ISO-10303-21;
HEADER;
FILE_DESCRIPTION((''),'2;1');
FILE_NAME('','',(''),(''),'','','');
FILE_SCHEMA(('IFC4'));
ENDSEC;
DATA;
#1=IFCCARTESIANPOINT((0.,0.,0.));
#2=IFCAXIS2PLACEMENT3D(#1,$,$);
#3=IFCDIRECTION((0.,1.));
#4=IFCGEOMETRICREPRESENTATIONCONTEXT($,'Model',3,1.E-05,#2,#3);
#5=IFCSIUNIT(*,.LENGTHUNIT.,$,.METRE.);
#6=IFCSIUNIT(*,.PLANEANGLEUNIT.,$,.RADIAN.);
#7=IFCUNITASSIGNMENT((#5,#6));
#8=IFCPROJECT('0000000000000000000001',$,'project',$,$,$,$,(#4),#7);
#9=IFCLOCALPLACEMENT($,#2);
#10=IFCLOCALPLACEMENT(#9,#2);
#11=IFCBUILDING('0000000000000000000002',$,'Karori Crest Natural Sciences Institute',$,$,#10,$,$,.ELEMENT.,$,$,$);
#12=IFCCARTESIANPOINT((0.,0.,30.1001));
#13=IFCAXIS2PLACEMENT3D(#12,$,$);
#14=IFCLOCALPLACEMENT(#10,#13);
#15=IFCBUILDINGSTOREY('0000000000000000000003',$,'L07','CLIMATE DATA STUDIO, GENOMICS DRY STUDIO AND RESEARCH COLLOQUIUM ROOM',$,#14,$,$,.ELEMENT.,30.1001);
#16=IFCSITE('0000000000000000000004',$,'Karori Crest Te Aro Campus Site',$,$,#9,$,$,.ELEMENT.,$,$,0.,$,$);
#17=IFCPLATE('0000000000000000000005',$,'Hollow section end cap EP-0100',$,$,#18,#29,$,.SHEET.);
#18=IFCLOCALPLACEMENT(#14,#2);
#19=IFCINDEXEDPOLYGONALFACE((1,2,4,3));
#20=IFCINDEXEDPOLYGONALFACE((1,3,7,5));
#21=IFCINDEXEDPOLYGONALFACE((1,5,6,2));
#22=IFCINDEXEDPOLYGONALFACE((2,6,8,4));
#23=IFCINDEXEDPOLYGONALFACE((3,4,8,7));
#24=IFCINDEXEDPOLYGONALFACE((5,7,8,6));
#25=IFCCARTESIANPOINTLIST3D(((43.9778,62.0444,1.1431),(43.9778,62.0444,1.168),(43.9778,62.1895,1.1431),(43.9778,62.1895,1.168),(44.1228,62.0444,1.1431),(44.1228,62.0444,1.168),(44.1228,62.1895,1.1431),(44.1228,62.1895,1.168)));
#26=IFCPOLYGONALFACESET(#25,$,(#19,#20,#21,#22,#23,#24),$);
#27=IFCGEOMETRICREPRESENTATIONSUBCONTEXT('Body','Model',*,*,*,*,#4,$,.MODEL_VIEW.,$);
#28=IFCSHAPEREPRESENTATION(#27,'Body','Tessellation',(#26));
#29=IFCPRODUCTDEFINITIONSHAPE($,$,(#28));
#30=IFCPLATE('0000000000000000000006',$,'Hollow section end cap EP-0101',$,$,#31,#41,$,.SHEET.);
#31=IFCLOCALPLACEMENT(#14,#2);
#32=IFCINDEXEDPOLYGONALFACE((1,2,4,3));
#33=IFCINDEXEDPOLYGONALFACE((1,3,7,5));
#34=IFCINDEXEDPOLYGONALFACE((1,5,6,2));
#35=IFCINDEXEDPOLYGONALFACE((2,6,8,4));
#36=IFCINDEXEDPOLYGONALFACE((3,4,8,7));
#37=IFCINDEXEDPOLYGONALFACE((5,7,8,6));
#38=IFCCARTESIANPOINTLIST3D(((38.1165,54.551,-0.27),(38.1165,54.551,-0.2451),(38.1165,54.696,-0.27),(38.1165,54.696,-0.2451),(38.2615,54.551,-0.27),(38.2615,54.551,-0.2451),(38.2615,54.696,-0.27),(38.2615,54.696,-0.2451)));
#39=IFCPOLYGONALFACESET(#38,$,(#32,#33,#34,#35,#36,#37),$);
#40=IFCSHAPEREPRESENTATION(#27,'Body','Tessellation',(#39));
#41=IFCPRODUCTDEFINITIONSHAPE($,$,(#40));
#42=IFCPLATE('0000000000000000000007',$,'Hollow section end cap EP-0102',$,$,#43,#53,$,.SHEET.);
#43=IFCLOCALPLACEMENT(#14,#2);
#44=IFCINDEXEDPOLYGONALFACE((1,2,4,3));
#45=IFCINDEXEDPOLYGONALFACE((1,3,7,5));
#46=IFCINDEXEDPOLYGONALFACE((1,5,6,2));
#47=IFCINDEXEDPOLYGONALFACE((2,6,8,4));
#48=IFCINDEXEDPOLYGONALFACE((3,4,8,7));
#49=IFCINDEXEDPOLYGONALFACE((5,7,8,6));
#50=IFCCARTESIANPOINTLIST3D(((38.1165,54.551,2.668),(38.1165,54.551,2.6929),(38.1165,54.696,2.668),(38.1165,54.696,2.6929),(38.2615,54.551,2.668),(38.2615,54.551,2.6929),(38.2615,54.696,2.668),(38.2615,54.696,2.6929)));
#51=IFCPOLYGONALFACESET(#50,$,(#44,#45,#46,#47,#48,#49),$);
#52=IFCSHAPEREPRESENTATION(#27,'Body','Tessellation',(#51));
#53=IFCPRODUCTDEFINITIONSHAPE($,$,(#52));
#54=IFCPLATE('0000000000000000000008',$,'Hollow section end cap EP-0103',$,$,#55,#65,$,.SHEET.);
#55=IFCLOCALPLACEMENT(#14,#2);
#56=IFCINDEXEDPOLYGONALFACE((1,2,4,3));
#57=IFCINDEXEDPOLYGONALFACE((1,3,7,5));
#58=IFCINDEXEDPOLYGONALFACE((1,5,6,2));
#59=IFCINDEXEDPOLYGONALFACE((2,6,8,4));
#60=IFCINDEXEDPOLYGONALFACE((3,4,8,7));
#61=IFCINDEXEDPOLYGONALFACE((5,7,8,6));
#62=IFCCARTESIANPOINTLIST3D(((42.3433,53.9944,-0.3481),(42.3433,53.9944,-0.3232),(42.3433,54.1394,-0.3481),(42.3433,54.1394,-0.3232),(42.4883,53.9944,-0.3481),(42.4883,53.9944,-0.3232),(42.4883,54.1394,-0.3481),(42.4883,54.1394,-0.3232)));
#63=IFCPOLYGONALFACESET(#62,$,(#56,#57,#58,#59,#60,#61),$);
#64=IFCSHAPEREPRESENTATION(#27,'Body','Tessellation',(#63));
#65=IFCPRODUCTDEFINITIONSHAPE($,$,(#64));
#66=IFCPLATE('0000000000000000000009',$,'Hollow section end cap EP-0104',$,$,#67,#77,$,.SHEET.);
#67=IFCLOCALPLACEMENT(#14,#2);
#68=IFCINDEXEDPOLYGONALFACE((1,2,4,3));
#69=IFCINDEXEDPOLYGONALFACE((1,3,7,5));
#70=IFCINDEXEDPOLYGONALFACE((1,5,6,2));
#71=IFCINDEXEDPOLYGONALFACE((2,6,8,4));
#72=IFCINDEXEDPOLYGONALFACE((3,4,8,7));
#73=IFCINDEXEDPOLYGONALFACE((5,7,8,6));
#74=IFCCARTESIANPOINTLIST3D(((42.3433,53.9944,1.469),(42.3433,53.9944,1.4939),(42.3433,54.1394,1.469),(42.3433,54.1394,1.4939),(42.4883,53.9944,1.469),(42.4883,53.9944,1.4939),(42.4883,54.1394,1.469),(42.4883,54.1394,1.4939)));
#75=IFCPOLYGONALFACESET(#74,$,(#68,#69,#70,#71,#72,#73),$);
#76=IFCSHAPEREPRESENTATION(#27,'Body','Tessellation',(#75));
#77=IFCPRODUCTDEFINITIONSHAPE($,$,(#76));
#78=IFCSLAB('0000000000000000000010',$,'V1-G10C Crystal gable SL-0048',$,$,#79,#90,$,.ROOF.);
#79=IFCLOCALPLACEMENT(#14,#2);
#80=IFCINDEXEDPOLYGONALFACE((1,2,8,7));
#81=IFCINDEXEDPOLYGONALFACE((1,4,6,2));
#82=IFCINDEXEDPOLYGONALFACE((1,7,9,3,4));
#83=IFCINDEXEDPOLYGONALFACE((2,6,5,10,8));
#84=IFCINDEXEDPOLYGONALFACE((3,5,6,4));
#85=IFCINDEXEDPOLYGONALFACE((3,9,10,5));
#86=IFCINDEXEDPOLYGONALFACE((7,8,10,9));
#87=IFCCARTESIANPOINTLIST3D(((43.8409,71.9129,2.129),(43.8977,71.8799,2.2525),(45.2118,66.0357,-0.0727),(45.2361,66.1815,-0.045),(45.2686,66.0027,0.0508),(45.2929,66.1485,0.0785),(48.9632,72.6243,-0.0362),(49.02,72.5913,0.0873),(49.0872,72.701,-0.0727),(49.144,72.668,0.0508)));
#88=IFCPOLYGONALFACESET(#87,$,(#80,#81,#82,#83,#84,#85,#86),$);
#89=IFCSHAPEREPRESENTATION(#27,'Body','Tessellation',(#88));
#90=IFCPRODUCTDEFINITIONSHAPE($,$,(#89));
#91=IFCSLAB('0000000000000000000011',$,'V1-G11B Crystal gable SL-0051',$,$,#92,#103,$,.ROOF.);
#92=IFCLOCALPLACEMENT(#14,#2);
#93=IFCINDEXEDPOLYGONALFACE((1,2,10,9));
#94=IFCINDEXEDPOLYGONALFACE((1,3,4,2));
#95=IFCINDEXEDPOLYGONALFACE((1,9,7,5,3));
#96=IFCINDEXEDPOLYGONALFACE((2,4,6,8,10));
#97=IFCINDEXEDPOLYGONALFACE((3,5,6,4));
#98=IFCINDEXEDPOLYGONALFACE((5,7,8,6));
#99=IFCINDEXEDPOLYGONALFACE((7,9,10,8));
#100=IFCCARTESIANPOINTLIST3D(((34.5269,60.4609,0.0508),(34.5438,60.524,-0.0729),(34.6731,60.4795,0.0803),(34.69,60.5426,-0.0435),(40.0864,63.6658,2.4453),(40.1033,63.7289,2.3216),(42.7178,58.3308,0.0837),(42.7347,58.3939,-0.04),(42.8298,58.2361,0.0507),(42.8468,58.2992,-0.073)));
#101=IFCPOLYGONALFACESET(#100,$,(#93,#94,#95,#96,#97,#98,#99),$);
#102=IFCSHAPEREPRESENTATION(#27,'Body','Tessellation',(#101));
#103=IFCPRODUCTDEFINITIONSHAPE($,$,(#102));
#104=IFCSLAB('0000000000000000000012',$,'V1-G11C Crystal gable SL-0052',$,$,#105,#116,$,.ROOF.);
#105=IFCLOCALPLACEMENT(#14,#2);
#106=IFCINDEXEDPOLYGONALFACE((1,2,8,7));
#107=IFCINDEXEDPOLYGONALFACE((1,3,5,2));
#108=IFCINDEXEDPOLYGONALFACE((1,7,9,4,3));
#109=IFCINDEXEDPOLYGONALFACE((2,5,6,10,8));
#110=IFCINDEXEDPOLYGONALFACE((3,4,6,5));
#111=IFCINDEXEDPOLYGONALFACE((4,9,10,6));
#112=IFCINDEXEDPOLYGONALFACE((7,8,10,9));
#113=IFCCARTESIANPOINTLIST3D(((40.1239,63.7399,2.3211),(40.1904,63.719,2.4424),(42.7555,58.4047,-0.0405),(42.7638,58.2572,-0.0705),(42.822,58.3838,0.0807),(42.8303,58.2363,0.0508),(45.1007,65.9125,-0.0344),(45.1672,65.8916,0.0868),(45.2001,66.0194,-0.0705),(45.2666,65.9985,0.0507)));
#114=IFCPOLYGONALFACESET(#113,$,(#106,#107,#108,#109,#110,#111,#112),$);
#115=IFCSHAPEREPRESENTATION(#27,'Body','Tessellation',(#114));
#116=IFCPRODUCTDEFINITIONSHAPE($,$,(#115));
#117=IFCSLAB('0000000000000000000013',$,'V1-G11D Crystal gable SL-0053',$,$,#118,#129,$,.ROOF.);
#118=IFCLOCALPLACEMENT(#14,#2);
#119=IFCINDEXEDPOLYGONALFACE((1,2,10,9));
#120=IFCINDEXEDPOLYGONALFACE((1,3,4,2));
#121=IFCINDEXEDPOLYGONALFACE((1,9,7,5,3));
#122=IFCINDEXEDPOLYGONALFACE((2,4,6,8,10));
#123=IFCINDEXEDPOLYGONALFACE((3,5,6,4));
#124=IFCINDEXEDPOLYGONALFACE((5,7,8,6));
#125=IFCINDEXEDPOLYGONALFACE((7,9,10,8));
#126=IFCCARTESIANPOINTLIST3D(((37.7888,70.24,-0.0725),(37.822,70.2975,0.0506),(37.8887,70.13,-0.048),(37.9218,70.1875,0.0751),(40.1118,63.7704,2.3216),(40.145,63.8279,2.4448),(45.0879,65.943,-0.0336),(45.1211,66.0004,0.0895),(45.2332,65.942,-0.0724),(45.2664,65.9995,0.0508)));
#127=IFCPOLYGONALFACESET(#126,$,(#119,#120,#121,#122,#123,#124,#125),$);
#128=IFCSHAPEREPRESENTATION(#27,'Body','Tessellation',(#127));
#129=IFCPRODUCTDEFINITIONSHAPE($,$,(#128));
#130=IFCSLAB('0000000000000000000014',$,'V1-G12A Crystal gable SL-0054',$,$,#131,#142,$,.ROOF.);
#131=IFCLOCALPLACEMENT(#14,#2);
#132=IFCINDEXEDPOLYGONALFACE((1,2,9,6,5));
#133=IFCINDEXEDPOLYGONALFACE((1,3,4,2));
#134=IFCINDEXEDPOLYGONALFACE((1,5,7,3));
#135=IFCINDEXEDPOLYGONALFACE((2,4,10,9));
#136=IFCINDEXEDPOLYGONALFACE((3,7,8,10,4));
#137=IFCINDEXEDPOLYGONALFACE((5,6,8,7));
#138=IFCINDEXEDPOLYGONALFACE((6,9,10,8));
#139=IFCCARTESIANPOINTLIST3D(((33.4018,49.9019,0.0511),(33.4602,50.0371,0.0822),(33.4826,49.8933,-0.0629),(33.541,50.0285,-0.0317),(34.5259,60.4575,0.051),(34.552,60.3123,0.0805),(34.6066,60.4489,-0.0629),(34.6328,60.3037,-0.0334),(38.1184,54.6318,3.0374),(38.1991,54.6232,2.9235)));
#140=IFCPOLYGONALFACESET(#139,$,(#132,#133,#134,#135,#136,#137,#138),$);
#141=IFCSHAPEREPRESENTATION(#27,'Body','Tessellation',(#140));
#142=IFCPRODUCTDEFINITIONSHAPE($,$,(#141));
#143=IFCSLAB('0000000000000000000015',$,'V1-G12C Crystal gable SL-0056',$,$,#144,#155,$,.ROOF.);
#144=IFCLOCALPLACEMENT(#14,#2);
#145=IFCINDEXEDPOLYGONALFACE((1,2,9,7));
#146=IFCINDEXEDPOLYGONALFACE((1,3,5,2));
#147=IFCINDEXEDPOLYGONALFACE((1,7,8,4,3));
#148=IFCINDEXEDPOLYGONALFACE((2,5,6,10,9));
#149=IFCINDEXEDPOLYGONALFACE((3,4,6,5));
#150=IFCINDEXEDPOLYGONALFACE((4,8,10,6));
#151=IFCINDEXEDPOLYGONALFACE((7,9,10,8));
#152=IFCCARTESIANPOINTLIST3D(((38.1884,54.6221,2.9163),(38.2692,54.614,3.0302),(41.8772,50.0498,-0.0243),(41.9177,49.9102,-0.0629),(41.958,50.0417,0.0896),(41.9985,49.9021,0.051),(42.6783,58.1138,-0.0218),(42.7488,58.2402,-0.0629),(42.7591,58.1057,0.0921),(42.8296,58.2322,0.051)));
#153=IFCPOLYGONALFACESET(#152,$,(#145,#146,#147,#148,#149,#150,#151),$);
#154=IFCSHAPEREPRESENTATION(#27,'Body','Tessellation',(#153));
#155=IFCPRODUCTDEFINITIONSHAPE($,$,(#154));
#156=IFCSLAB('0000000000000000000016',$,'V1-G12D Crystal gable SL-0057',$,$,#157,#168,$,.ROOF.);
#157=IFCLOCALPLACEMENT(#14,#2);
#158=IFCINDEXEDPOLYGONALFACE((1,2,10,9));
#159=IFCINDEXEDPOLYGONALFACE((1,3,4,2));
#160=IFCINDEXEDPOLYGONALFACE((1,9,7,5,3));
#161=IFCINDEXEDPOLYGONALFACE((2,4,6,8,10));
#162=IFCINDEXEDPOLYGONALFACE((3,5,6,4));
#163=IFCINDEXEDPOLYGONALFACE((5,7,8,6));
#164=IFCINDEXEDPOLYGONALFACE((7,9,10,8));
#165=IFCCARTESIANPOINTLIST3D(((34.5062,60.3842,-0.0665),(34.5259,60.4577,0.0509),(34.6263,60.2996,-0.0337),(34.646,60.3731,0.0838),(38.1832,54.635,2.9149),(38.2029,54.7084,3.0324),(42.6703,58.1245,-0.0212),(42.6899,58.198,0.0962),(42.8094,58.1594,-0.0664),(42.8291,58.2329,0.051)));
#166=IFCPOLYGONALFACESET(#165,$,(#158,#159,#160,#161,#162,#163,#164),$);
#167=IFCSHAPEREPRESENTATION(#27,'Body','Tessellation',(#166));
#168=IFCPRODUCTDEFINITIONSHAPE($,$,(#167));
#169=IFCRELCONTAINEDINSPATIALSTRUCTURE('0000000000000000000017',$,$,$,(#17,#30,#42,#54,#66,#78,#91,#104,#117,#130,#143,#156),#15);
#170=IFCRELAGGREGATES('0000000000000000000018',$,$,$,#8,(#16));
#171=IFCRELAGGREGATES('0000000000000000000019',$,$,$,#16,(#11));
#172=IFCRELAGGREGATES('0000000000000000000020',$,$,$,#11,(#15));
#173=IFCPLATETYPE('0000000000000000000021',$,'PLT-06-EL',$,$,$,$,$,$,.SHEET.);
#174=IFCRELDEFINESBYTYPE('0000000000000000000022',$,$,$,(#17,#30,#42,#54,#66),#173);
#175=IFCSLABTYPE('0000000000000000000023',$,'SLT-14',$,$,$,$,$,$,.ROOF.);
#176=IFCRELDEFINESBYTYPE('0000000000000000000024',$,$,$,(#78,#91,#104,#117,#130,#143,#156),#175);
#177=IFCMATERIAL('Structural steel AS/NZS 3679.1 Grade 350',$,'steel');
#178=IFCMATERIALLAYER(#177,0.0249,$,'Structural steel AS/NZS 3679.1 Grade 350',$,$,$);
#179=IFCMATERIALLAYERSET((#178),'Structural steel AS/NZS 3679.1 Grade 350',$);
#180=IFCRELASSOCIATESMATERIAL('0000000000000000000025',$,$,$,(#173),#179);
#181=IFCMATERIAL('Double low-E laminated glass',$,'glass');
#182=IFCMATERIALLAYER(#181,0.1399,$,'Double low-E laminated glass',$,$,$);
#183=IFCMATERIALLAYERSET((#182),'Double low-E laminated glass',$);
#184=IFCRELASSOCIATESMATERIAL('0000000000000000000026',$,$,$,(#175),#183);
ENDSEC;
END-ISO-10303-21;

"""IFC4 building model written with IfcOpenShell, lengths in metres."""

from ifc_helpers import new_model, si_unit, direction, frame, origin, origin_2d, place, context, subcontext, project, spatial, polyline, rectangle, outline, extrude, material, layer, layer_set, type_object, element, save


model = new_model("IFC4")

# Units and contexts
model_context = context("Model", 3, precision=1e-05, world=origin(), true_north=direction((0.0, 1.0)))
body_context = subcontext(model_context, "Body", "Model", "MODEL_VIEW")
ifc_project = project(units=[si_unit("LENGTHUNIT", "METRE"), si_unit("PLANEANGLEUNIT", "RADIAN")], contexts=[model_context])

# Site, building, storey
site_placement = place(None, origin())
site = spatial("IfcSite", under=ifc_project, at=site_placement, Name="Karori Crest Te Aro Campus Site", CompositionType="ELEMENT", RefElevation=0.0)
building_placement = place(site_placement, origin())
building = spatial("IfcBuilding", under=site, at=building_placement, Name="Karori Crest Natural Sciences Institute", CompositionType="ELEMENT")
storey_placement = place(building_placement, frame((0.0, 0.0, 30.1001)))
storey = spatial("IfcBuildingStorey", under=building, at=storey_placement, Name="L07", Description="CLIMATE DATA STUDIO, GENOMICS DRY STUDIO AND RESEARCH COLLOQUIUM ROOM", CompositionType="ELEMENT", Elevation=30.1001)

# Shared definitions
ifc_material_1 = material(Name="Structural steel AS/NZS 3679.1 Grade 350", Category="steel")

# Plates
ifc_layer_1 = layer(ifc_material_1, 0.0249, Name="Structural steel AS/NZS 3679.1 Grade 350")
ifc_layer_set_1 = layer_set([ifc_layer_1], Name="Structural steel AS/NZS 3679.1 Grade 350")
plate_type = type_object("IfcPlateType", Name="PLT-06-EL", PredefinedType="SHEET", material=ifc_layer_set_1)
for number, where, z_axis, x_axis, name in (
    (1, (44.0503, 62.1169, 1.1431), (0.0, 0.0, 1.0), (1.0, 0.0, 0.0), "Hollow section end cap EP-0100"),
    (2, (38.189, 54.6235, -0.27), (0.0, 0.0, 1.0), (1.0, 0.0, 0.0), "Hollow section end cap EP-0101"),
    (3, (38.189, 54.6235, 2.668), (0.0, 0.0, 1.0), (1.0, 0.0, 0.0), "Hollow section end cap EP-0102"),
    (4, (42.4158, 54.0669, -0.3481), (0.0, 0.0, 1.0), (1.0, 0.0, 0.0), "Hollow section end cap EP-0103"),
    (5, (42.4158, 54.0669, 1.469), (0.0, 0.0, 1.0), (1.0, 0.0, 0.0), "Hollow section end cap EP-0104"),
):
    element("IfcPlate", number, at=place(storey_placement, frame(where, z_axis=z_axis, x_axis=x_axis)), inside=storey, type_object=plate_type, Name=name, PredefinedType="SHEET", context=body_context, shape_type="SweptSolid", body=[
        extrude(rectangle(XDim=0.145, YDim=0.145, at=origin_2d()), origin(), (0.0, 0.0, 1.0), 0.0249),
    ])

# Slabs
ifc_material_2 = material(Name="Double low-E laminated glass", Category="glass")
ifc_layer_2 = layer(ifc_material_2, 0.1399, Name="Double low-E laminated glass")
ifc_layer_set_2 = layer_set([ifc_layer_2], Name="Double low-E laminated glass")
slab_type = type_object("IfcSlabType", Name="SLT-14", PredefinedType="ROOF", material=ifc_layer_set_2)
slab_1_placement = place(storey_placement, frame((45.2686, 66.0027, 0.0508), z_axis=(0.405977, -0.236053, 0.882871), x_axis=(0.502652, 0.864489, 0.0)))
element("IfcSlab", 6, at=slab_1_placement, inside=storey, type_object=slab_type, Name="V1-G10C Crystal gable SL-0048", PredefinedType="ROOF", context=body_context, shape_type="SweptSolid", body=[
    extrude(outline(polyline([(0.0, 0.0), (7.7101, 0.0), (7.5815, 0.0778), (4.3917, 4.6884), (0.1383, 0.0591), (0.0, 0.0)])), origin(), (0.0, 0.0, -1.0), 0.1399),
])
slab_2_placement = place(storey_placement, frame((34.5269, 60.4609, 0.0508), z_axis=(-0.120848, -0.451048, 0.88428), x_axis=(0.965925, -0.258821, -0.000012)))
element("IfcSlab", 7, at=slab_2_placement, inside=storey, type_object=slab_type, Name="V1-G11B Crystal gable SL-0051", PredefinedType="ROOF", context=body_context, shape_type="SweptSolid", body=[
    extrude(outline(polyline([(0.0, 0.0), (8.5959, 0.0), (8.4631, 0.0707), (4.5406, 5.128), (0.1365, 0.0631), (0.0, 0.0)])), origin(), (0.0, 0.0, -1.0), 0.1399),
])
slab_3_placement = place(storey_placement, frame((42.8303, 58.2363, 0.0508), z_axis=(0.475498, -0.149236, 0.866966), x_axis=(0.299458, 0.954109, -0.000005)))
element("IfcSlab", 8, at=slab_3_placement, inside=storey, type_object=slab_type, Name="V1-G11C Crystal gable SL-0052", PredefinedType="ROOF", context=body_context, shape_type="SweptSolid", body=[
    extrude(outline(polyline([(0.0, 0.0), (8.1356, 0.0), (8.0038, 0.0724), (4.4405, 4.799), (0.1382, 0.0601), (0.0, 0.0)])), origin(), (0.0, 0.0, -1.0), 0.1399),
])
slab_4_placement = place(storey_placement, frame((45.2664, 65.9995, 0.0508), z_axis=(0.237231, 0.410926, 0.880262), x_axis=(-0.866025, 0.500001, -0.000018)))
element("IfcSlab", 9, at=slab_4_placement, inside=storey, type_object=slab_type, Name="V1-G11D Crystal gable SL-0053", PredefinedType="ROOF", context=body_context, shape_type="SweptSolid", body=[
    extrude(outline(polyline([(0.0, 0.0), (8.596, 0.0), (8.4545, 0.0516), (3.3493, 5.0455), (0.1263, 0.0816), (0.0, 0.0)])), origin(), (0.0, 0.0, -1.0), 0.1399),
])
slab_5_placement = place(storey_placement, frame((34.5259, 60.4575, 0.051), z_axis=(-0.577218, 0.061468, 0.814273), x_axis=(-0.105888, -0.994378, 0.000002)))
element("IfcSlab", 10, at=slab_5_placement, inside=storey, type_object=slab_type, Name="V1-G12A Crystal gable SL-0054", PredefinedType="ROOF", context=body_context, shape_type="SweptSolid", body=[
    extrude(outline(polyline([(0.0, 0.0), (10.6153, 0.0), (10.4747, 0.0537), (5.4125, 5.1447), (0.1417, 0.0508), (0.0, 0.0)])), origin(), (0.0, 0.0, -1.0), 0.1399),
])
slab_6_placement = place(storey_placement, frame((41.9985, 49.9021, 0.051), z_axis=(0.577656, -0.057627, 0.814243), x_axis=(0.099271, 0.99506, -0.000002)))
element("IfcSlab", 11, at=slab_6_placement, inside=storey, type_object=slab_type, Name="V1-G12C Crystal gable SL-0056", PredefinedType="ROOF", context=body_context, shape_type="SweptSolid", body=[
    extrude(outline(polyline([(0.0, 0.0), (8.3714, 0.0), (8.2386, 0.0708), (4.3184, 5.1319), (0.1349, 0.0665), (0.0, 0.0)])), origin(), (0.0, 0.0, -1.0), 0.1399),
])
slab_7_placement = place(storey_placement, frame((42.8291, 58.2329, 0.051), z_axis=(0.140717, 0.525214, 0.839255), x_axis=(-0.965927, 0.258813, -0.000012)))
element("IfcSlab", 12, at=slab_7_placement, inside=storey, type_object=slab_type, Name="V1-G12D Crystal gable SL-0057", PredefinedType="ROOF", context=body_context, shape_type="SweptSolid", body=[
    extrude(outline(polyline([(0.0, 0.0), (8.5961, 0.0), (8.4582, 0.0604), (3.5564, 5.4831), (0.1254, 0.0831), (0.0, 0.0)])), origin(), (0.0, 0.0, -1.0), 0.1399),
])

save(model, "model.ifc")
